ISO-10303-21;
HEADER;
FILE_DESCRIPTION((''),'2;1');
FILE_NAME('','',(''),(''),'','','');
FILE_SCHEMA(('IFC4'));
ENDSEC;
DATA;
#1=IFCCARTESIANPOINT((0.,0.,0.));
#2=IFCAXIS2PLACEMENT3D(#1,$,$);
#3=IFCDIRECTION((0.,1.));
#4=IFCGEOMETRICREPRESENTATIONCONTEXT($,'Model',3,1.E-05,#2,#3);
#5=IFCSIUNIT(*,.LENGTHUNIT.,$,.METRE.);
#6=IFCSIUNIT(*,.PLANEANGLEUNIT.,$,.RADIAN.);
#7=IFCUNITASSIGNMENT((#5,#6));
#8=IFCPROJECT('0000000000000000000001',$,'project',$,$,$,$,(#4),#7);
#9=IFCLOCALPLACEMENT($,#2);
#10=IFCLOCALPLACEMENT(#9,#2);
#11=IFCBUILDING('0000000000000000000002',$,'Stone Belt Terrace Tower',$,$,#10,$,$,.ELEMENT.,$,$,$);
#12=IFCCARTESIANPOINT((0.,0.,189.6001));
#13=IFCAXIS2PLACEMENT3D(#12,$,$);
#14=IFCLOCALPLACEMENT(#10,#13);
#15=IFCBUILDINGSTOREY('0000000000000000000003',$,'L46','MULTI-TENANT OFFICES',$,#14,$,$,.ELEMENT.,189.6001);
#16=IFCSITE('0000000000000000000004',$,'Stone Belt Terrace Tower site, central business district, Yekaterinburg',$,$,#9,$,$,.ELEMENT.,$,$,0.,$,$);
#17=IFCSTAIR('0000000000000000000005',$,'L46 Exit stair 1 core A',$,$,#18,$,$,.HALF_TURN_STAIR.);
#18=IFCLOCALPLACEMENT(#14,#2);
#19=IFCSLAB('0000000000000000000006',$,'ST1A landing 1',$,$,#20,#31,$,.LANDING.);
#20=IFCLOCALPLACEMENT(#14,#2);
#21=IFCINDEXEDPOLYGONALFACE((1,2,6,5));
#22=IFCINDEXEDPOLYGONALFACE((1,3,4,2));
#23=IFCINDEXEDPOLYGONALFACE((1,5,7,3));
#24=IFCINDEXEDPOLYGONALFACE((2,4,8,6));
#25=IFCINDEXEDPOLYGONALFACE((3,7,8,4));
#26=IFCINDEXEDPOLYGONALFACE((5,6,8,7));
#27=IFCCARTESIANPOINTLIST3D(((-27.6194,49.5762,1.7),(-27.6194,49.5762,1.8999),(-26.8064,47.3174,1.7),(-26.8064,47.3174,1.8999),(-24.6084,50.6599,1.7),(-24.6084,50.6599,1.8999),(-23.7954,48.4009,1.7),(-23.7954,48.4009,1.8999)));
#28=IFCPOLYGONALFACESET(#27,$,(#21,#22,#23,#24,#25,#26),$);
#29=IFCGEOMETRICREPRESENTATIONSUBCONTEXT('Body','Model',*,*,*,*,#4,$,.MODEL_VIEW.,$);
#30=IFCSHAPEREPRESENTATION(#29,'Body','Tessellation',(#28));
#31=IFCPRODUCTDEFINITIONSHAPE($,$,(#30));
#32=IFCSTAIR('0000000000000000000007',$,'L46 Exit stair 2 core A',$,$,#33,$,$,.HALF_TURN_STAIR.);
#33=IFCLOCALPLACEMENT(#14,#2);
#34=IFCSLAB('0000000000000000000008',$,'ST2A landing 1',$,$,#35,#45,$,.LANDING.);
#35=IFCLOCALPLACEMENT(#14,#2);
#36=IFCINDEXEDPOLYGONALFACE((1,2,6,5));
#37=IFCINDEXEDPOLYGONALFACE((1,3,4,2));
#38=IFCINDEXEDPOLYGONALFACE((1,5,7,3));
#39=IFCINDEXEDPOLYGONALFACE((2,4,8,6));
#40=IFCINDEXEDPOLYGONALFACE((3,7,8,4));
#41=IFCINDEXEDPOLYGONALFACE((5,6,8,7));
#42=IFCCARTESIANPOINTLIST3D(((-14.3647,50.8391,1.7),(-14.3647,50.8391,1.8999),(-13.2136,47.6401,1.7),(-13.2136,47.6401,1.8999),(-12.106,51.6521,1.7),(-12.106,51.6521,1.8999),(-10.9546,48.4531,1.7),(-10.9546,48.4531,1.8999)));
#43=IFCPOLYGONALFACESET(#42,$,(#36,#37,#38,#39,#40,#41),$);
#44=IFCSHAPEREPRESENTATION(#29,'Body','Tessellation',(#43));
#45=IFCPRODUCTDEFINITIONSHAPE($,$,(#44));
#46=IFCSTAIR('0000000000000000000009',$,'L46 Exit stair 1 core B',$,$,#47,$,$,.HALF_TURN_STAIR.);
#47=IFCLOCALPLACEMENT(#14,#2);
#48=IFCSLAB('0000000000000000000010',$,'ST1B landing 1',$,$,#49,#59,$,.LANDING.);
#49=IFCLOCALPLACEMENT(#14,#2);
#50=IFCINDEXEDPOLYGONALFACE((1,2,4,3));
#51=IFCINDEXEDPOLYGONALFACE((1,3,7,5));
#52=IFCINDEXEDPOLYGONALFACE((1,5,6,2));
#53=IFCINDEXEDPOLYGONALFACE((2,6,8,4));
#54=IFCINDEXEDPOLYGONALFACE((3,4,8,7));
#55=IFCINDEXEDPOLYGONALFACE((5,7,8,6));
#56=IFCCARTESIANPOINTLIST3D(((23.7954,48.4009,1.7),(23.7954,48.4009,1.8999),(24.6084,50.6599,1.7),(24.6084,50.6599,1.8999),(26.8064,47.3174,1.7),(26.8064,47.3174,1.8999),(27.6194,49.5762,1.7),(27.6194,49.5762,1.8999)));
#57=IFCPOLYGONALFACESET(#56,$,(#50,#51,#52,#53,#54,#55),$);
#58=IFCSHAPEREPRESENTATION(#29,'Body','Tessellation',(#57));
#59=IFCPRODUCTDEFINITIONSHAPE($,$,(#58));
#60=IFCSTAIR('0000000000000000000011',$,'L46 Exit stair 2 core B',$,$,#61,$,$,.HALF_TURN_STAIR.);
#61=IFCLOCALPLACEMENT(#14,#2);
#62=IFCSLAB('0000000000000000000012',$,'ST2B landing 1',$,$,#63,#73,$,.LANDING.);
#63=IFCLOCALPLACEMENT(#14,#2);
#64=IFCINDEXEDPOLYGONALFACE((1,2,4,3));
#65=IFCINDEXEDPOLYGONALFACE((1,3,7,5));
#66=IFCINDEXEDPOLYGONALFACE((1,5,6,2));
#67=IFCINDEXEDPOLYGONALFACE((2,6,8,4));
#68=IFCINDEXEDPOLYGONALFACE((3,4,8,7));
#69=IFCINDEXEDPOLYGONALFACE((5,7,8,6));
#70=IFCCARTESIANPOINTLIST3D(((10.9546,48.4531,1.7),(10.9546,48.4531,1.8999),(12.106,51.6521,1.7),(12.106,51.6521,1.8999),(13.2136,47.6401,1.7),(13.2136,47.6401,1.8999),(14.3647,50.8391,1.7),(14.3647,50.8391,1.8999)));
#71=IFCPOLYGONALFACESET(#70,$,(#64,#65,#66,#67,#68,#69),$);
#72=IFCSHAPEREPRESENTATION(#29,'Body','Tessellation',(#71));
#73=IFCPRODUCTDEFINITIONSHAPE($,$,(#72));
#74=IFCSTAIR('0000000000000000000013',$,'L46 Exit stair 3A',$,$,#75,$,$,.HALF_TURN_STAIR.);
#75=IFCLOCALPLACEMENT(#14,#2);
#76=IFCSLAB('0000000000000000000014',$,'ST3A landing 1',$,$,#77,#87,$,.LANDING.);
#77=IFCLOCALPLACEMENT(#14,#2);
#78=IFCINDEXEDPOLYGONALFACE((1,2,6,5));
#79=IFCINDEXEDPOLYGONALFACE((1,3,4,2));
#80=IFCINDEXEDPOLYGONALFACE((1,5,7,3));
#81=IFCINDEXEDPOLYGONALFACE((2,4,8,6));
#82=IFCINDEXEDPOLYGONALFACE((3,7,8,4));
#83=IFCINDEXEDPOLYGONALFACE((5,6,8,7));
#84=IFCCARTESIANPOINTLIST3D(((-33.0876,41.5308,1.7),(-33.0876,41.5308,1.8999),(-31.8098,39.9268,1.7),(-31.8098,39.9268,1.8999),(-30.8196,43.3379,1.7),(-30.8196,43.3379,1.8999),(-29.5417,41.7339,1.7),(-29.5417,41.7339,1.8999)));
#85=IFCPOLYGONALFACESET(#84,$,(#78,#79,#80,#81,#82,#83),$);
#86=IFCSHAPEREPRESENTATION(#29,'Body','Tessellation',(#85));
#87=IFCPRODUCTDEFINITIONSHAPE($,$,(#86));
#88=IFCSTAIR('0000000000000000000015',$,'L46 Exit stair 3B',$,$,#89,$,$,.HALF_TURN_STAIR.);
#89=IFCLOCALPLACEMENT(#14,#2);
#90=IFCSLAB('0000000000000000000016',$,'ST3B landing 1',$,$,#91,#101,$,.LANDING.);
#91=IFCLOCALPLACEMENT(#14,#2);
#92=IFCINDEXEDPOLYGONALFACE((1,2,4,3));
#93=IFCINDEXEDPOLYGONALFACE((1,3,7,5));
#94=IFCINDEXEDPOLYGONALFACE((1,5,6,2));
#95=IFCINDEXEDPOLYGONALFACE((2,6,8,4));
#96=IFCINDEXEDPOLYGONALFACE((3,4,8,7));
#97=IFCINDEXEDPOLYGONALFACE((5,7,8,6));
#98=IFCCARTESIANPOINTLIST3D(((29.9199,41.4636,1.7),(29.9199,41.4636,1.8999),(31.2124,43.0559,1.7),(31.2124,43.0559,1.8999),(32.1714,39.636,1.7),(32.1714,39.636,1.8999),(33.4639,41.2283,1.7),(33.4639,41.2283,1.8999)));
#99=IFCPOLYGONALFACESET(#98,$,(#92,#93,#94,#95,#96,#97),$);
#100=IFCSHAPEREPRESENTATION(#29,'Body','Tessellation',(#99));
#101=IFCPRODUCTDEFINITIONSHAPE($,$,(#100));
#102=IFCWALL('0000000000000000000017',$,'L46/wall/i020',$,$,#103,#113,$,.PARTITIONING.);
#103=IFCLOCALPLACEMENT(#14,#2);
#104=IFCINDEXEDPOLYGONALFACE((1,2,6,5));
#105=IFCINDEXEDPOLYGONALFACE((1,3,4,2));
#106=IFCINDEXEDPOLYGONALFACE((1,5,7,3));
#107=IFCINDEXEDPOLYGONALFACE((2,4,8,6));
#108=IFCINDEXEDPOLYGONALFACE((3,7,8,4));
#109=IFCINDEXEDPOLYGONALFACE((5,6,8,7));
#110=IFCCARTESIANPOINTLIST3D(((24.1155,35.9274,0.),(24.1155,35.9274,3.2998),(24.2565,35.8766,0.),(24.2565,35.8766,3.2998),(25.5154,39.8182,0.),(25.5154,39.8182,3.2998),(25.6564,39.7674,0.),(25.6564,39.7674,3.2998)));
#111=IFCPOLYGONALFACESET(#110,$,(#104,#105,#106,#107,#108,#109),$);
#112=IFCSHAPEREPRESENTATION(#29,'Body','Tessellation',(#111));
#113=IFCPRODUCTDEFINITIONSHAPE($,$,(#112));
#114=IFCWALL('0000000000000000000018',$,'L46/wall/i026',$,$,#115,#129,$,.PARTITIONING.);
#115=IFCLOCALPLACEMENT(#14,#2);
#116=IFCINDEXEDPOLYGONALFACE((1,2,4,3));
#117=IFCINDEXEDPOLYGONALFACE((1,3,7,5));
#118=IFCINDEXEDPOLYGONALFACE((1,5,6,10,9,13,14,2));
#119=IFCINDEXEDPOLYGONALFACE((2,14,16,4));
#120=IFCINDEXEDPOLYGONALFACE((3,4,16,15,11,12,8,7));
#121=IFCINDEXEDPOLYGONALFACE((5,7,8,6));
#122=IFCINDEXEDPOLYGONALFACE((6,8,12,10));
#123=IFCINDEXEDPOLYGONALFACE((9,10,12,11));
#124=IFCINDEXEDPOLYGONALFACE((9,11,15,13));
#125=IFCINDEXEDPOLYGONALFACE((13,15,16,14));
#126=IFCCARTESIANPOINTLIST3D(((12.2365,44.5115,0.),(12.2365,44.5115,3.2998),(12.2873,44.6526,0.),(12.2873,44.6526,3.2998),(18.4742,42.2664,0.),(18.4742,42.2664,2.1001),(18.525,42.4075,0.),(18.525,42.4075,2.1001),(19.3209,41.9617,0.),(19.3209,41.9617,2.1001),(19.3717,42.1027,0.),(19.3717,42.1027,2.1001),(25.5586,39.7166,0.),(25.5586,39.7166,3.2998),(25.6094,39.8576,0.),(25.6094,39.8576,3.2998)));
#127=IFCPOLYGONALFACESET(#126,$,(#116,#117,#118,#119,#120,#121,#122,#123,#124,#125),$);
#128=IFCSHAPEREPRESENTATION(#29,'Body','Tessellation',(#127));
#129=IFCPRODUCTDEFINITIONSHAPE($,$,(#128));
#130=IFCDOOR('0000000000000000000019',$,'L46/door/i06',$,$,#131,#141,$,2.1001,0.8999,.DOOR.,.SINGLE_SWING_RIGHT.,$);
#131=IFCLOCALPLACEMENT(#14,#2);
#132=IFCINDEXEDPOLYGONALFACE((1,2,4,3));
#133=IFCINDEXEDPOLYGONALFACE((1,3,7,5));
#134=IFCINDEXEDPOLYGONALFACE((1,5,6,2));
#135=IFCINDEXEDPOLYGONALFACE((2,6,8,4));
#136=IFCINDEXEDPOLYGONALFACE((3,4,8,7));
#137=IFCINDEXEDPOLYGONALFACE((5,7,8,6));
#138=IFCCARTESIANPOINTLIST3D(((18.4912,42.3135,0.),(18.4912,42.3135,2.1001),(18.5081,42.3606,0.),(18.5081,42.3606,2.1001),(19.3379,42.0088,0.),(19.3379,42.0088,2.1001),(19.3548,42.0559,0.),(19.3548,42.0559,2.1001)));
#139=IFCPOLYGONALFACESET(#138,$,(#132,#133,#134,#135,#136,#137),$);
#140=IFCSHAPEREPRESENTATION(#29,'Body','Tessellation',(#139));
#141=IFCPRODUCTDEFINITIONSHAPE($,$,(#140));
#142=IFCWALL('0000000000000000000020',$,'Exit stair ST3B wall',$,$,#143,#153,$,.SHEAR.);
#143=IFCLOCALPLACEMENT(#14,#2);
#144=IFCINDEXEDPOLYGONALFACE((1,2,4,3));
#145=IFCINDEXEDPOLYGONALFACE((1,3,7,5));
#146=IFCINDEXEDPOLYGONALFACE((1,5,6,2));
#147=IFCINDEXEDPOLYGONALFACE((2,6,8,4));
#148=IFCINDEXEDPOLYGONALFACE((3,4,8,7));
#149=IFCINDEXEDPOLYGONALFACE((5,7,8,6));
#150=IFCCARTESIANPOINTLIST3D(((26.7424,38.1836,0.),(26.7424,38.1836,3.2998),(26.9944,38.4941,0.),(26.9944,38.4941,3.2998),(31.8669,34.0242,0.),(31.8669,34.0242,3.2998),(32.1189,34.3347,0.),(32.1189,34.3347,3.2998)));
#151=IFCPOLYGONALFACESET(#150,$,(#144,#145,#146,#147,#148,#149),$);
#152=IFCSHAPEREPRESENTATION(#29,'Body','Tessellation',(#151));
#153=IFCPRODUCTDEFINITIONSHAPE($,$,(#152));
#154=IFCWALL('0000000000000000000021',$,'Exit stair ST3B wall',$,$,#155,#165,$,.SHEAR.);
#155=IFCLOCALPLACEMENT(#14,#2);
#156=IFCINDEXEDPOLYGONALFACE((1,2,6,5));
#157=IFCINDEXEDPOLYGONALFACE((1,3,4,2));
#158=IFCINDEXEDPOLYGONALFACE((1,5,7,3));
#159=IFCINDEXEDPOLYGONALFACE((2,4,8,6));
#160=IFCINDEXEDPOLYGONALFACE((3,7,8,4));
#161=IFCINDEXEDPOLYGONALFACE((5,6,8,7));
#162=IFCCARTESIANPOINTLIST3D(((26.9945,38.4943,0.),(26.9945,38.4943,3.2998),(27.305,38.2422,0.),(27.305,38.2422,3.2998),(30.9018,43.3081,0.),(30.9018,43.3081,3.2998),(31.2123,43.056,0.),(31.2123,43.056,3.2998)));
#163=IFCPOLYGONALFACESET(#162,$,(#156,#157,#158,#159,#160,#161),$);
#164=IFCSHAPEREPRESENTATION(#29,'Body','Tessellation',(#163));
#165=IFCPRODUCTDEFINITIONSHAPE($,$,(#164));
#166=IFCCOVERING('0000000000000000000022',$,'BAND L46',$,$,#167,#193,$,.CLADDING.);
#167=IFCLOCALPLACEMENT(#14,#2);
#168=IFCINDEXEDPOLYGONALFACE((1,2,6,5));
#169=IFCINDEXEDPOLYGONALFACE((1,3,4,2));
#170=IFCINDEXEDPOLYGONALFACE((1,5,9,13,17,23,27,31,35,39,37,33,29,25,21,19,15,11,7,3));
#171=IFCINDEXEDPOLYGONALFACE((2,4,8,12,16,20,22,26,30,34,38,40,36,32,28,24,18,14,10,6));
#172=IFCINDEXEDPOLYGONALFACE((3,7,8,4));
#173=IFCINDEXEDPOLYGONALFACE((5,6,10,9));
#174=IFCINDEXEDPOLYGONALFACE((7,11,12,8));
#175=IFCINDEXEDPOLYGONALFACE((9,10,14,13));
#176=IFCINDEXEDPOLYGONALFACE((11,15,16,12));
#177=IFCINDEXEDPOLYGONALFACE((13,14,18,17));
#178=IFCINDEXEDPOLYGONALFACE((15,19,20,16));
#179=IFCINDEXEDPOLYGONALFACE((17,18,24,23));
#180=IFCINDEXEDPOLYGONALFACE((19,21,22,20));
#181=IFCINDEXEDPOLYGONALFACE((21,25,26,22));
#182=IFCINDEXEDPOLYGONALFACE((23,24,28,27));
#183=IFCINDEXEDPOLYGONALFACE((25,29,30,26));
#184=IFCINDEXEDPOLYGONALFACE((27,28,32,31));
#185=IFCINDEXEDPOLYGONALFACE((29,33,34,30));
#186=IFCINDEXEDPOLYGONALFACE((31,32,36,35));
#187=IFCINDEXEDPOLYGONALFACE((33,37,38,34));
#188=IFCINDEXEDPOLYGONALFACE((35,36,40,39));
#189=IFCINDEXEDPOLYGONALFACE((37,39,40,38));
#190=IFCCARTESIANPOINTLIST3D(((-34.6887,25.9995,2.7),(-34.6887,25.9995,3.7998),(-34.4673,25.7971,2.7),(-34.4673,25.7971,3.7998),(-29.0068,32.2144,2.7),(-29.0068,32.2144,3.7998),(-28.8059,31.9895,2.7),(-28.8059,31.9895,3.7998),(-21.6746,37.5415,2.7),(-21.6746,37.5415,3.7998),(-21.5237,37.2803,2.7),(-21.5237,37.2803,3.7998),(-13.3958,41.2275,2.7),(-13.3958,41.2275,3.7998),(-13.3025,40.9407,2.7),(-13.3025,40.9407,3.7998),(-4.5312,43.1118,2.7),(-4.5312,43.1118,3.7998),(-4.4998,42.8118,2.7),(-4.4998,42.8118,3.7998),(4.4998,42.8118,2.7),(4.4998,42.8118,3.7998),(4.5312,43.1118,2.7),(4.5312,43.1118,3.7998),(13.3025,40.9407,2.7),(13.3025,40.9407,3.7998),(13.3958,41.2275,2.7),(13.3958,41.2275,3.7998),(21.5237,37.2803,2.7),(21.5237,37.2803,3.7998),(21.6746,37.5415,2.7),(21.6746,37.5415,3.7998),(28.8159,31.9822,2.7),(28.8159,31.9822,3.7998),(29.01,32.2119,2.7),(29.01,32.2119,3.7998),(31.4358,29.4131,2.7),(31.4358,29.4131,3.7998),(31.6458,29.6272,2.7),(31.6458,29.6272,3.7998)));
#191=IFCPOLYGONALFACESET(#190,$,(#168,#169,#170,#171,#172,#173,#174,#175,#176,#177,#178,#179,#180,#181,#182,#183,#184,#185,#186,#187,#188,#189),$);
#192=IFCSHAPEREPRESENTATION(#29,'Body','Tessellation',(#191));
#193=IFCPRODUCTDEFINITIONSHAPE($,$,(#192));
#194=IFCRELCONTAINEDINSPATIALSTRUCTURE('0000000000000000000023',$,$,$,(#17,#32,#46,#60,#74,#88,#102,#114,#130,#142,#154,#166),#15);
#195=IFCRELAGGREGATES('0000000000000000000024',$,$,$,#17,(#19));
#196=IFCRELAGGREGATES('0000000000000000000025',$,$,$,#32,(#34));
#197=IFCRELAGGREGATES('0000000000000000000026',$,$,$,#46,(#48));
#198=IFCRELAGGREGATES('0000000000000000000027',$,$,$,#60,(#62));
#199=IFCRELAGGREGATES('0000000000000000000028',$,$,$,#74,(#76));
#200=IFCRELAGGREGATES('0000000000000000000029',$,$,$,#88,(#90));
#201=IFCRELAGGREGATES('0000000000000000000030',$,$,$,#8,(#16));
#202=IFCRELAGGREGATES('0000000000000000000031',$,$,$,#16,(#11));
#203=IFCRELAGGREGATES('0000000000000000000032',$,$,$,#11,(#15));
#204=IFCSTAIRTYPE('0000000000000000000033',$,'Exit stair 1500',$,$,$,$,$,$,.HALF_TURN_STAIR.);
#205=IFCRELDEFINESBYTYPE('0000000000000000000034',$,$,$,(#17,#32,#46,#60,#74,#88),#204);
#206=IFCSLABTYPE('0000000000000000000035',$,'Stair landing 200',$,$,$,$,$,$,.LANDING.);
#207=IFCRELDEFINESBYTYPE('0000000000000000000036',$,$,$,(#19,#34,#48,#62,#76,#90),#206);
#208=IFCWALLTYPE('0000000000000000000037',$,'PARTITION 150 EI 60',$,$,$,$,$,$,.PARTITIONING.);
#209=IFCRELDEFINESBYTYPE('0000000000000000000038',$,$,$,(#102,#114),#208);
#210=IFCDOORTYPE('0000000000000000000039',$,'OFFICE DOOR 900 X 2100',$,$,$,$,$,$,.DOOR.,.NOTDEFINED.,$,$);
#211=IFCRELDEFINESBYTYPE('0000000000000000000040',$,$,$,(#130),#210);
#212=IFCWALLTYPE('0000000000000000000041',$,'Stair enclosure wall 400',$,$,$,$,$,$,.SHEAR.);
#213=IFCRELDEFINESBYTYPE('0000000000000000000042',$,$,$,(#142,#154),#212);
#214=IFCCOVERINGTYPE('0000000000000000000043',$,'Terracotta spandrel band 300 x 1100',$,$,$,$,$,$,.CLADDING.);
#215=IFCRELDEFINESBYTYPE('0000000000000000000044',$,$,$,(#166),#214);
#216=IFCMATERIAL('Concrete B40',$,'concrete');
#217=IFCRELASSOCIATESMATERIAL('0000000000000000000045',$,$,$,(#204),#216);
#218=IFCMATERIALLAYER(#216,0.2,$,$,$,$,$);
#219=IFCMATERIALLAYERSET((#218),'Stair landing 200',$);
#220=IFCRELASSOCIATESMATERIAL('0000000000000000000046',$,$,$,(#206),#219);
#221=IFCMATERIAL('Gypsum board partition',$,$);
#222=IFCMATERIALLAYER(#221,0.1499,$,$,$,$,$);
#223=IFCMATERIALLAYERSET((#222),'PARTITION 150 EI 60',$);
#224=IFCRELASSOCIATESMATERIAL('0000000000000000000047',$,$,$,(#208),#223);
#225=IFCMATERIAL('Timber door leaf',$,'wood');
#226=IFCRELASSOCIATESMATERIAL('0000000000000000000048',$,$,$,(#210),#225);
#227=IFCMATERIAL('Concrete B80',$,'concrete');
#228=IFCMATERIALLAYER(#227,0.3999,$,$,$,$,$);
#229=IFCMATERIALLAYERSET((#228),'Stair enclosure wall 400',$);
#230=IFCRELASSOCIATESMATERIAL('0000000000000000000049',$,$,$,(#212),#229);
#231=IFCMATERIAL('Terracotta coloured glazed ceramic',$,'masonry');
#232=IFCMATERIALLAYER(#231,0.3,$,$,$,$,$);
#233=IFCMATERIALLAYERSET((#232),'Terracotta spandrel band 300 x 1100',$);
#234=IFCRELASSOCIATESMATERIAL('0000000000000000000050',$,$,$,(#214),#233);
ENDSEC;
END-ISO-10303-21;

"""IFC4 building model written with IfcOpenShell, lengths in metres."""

from ifc_helpers import new_model, si_unit, direction, frame, frame_2d, origin, place, context, subcontext, project, spatial, polyline, rectangle, outline, extrude, material, layer, layer_set, type_object, element, fill, aggregate, save


model = new_model("IFC4")

# Units and contexts
model_context = context("Model", 3, precision=1e-05, world=origin(), true_north=direction((0.0, 1.0)))
body_context = subcontext(model_context, "Body", "Model", "MODEL_VIEW")
ifc_project = project(units=[si_unit("LENGTHUNIT", "METRE"), si_unit("PLANEANGLEUNIT", "RADIAN")], contexts=[model_context])

# Site, building, storey
site_placement = place(None, origin())
site = spatial("IfcSite", under=ifc_project, at=site_placement, Name="Stone Belt Terrace Tower site, central business district, Yekaterinburg", CompositionType="ELEMENT", RefElevation=0.0)
building_placement = place(site_placement, origin())
building = spatial("IfcBuilding", under=site, at=building_placement, Name="Stone Belt Terrace Tower", CompositionType="ELEMENT")
storey_placement = place(building_placement, frame((0.0, 0.0, 189.6001)))
storey = spatial("IfcBuildingStorey", under=building, at=storey_placement, Name="L46", Description="MULTI-TENANT OFFICES", CompositionType="ELEMENT", Elevation=189.6001)

# Shared definitions
ifc_material_1 = material(Name="Concrete B80", Category="concrete")

# Shared definitions
ifc_material_2 = material(Name="Concrete B40", Category="concrete")

# Stairs, slabs
stair_type = type_object("IfcStairType", Name="Exit stair 1500", PredefinedType="HALF_TURN_STAIR", material=ifc_material_2)
stair_1_placement = place(storey_placement, origin())
stair_1 = element("IfcStair", 1, at=stair_1_placement, inside=storey, type_object=stair_type, Name="L46 Exit stair 1 core A", PredefinedType="HALF_TURN_STAIR")
ifc_layer_1 = layer(ifc_material_2, 0.2)
ifc_layer_set_1 = layer_set([ifc_layer_1], Name="Stair landing 200")
slab_type_1 = type_object("IfcSlabType", Name="Stair landing 200", PredefinedType="LANDING", material=ifc_layer_set_1)
slab_1_placement = place(storey_placement, frame((0.0, 0.0, 1.7)))
slab_1 = element("IfcSlab", 2, at=slab_1_placement, type_object=slab_type_1, Name="ST1A landing 1", PredefinedType="LANDING", context=body_context, shape_type="SweptSolid", body=[
    extrude(outline(polyline([(-23.7954, 48.4009), (-24.6084, 50.6599), (-27.6194, 49.5762), (-26.8064, 47.3174), (-23.7954, 48.4009)])), origin(), (0.0, 0.0, 1.0), 0.2),
])
aggregate(stair_1, [slab_1])
stair_2_placement = place(storey_placement, origin())
stair_2 = element("IfcStair", 3, at=stair_2_placement, inside=storey, type_object=stair_type, Name="L46 Exit stair 2 core A", PredefinedType="HALF_TURN_STAIR")
slab_2_placement = place(storey_placement, frame((0.0, 0.0, 1.7)))
slab_2 = element("IfcSlab", 4, at=slab_2_placement, type_object=slab_type_1, Name="ST2A landing 1", PredefinedType="LANDING", context=body_context, shape_type="SweptSolid", body=[
    extrude(outline(polyline([(-13.2136, 47.6401), (-10.9546, 48.4531), (-12.106, 51.6521), (-14.3647, 50.8391), (-13.2136, 47.6401)])), origin(), (0.0, 0.0, 1.0), 0.2),
])
aggregate(stair_2, [slab_2])
stair_3_placement = place(storey_placement, origin())
stair_3 = element("IfcStair", 5, at=stair_3_placement, inside=storey, type_object=stair_type, Name="L46 Exit stair 1 core B", PredefinedType="HALF_TURN_STAIR")
slab_3_placement = place(storey_placement, frame((0.0, 0.0, 1.7)))
slab_3 = element("IfcSlab", 6, at=slab_3_placement, type_object=slab_type_1, Name="ST1B landing 1", PredefinedType="LANDING", context=body_context, shape_type="SweptSolid", body=[
    extrude(outline(polyline([(26.8064, 47.3174), (27.6194, 49.5762), (24.6084, 50.6599), (23.7954, 48.4009), (26.8064, 47.3174)])), origin(), (0.0, 0.0, 1.0), 0.2),
])
aggregate(stair_3, [slab_3])
stair_4_placement = place(storey_placement, origin())
stair_4 = element("IfcStair", 7, at=stair_4_placement, inside=storey, type_object=stair_type, Name="L46 Exit stair 2 core B", PredefinedType="HALF_TURN_STAIR")
slab_4_placement = place(storey_placement, frame((0.0, 0.0, 1.7)))
slab_4 = element("IfcSlab", 8, at=slab_4_placement, type_object=slab_type_1, Name="ST2B landing 1", PredefinedType="LANDING", context=body_context, shape_type="SweptSolid", body=[
    extrude(outline(polyline([(14.3647, 50.8391), (12.106, 51.6521), (10.9546, 48.4531), (13.2136, 47.6401), (14.3647, 50.8391)])), origin(), (0.0, 0.0, 1.0), 0.2),
])
aggregate(stair_4, [slab_4])
stair_5_placement = place(storey_placement, origin())
stair_5 = element("IfcStair", 9, at=stair_5_placement, inside=storey, type_object=stair_type, Name="L46 Exit stair 3A", PredefinedType="HALF_TURN_STAIR")
slab_5_placement = place(storey_placement, frame((0.0, 0.0, 1.7)))
slab_5 = element("IfcSlab", 10, at=slab_5_placement, type_object=slab_type_1, Name="ST3A landing 1", PredefinedType="LANDING", context=body_context, shape_type="SweptSolid", body=[
    extrude(outline(polyline([(-29.5417, 41.7339), (-30.8196, 43.3379), (-33.0876, 41.5308), (-31.8098, 39.9268), (-29.5417, 41.7339)])), origin(), (0.0, 0.0, 1.0), 0.2),
])
aggregate(stair_5, [slab_5])
stair_6_placement = place(storey_placement, origin())
stair_6 = element("IfcStair", 11, at=stair_6_placement, inside=storey, type_object=stair_type, Name="L46 Exit stair 3B", PredefinedType="HALF_TURN_STAIR")
slab_6_placement = place(storey_placement, frame((0.0, 0.0, 1.7)))
slab_6 = element("IfcSlab", 12, at=slab_6_placement, type_object=slab_type_1, Name="ST3B landing 1", PredefinedType="LANDING", context=body_context, shape_type="SweptSolid", body=[
    extrude(outline(polyline([(32.1714, 39.636), (33.4639, 41.2283), (31.2124, 43.0559), (29.9199, 41.4636), (32.1714, 39.636)])), origin(), (0.0, 0.0, 1.0), 0.2),
])
aggregate(stair_6, [slab_6])

# Wall
ifc_material_3 = material(Name="Gypsum board partition")
ifc_layer_2 = layer(ifc_material_3, 0.1499)
ifc_layer_set_2 = layer_set([ifc_layer_2], Name="PARTITION 150 EI 60")
wall_type_1 = type_object("IfcWallType", Name="PARTITION 150 EI 60", PredefinedType="PARTITIONING", material=ifc_layer_set_2)
wall_1_placement = place(storey_placement, frame((24.186, 35.9021, 0.0), z_axis=(0.0, 0.0, 1.0), x_axis=(0.338546, 0.94095, 0.0)))
element("IfcWall", 13, at=wall_1_placement, inside=storey, type_object=wall_type_1, Name="L46/wall/i020", PredefinedType="PARTITIONING", context=body_context, shape_type="SweptSolid", body=[
    extrude(rectangle(XDim=4.135, YDim=0.1499, at=frame_2d((2.0674, 0.0))), origin(), (0.0, 0.0, 1.0), 3.2998),
])

# Wall, opening, door
wall_2_placement = place(storey_placement, frame((25.584, 39.7871, 0.0), z_axis=(0.0, 0.0, 1.0), x_axis=(-0.94091, 0.338657, 0.0)))
wall_2 = element("IfcWall", 14, at=wall_2_placement, inside=storey, type_object=wall_type_1, Name="L46/wall/i026", PredefinedType="PARTITIONING", context=body_context, shape_type="SweptSolid", body=[
    extrude(rectangle(XDim=14.1587, YDim=0.1499, at=frame_2d((7.0793, 0.0))), origin(), (0.0, 0.0, 1.0), 3.2998),
])
opening_placement = place(wall_2_placement, frame((6.6294, 0.0, 0.0)))
opening = element("IfcOpeningElement", 15, at=opening_placement, cuts=wall_2, PredefinedType="OPENING", context=body_context, shape_type="SweptSolid", body=[
    extrude(rectangle(XDim=0.8999, YDim=2.1001, at=frame_2d((0.45, 1.05))), frame((0.0, 0.085, 0.0), z_axis=(0.0, -1.0, 0.0), x_axis=(1.0, 0.0, 0.0)), (0.0, 0.0, 1.0), 0.1699),
])
ifc_material_4 = material(Name="Timber door leaf", Category="wood")
door_type = type_object("IfcDoorType", Name="OFFICE DOOR 900 X 2100", OperationType="NOTDEFINED", PredefinedType="DOOR", material=ifc_material_4)
door_placement = place(opening_placement, origin())
door = element("IfcDoor", 16, at=door_placement, inside=storey, type_object=door_type, Name="L46/door/i06", OperationType="SINGLE_SWING_RIGHT", OverallHeight=2.1001, OverallWidth=0.8999, PredefinedType="DOOR", context=body_context, shape_type="SweptSolid", body=[
    extrude(rectangle(XDim=0.8999, YDim=2.1001, at=frame_2d((0.45, 1.05))), frame((0.0, 0.0249, 0.0), z_axis=(0.0, -1.0, 0.0), x_axis=(1.0, 0.0, 0.0)), (0.0, 0.0, 1.0), 0.05),
])
fill(opening, door)

# Walls
ifc_layer_3 = layer(ifc_material_1, 0.3999)
ifc_layer_set_3 = layer_set([ifc_layer_3], Name="Stair enclosure wall 400")
wall_type_2 = type_object("IfcWallType", Name="Stair enclosure wall 400", PredefinedType="SHEAR", material=ifc_layer_set_3)
wall_3_placement = place(storey_placement, frame((26.8684, 38.3389, 0.0), z_axis=(0.0, 0.0, 1.0), x_axis=(0.776428, -0.630205, 0.0)))
element("IfcWall", 17, at=wall_3_placement, inside=storey, type_object=wall_type_2, Name="Exit stair ST3B wall", PredefinedType="SHEAR", context=body_context, shape_type="SweptSolid", body=[
    extrude(rectangle(XDim=6.6001, YDim=0.3999, at=frame_2d((3.3, 0.0))), origin(), (0.0, 0.0, 1.0), 3.2998),
])
wall_4_placement = place(storey_placement, frame((27.1497, 38.3682, 0.0), z_axis=(0.0, 0.0, 1.0), x_axis=(0.630212, 0.776423, 0.0)))
element("IfcWall", 18, at=wall_4_placement, inside=storey, type_object=wall_type_2, Name="Exit stair ST3B wall", PredefinedType="SHEAR", context=body_context, shape_type="SweptSolid", body=[
    extrude(rectangle(XDim=6.2, YDim=0.3999, at=frame_2d((3.1001, 0.0))), origin(), (0.0, 0.0, 1.0), 3.2998),
])

# Covering
ifc_material_5 = material(Name="Terracotta coloured glazed ceramic", Category="masonry")
ifc_layer_4 = layer(ifc_material_5, 0.3)
ifc_layer_set_4 = layer_set([ifc_layer_4], Name="Terracotta spandrel band 300 x 1100")
covering_type = type_object("IfcCoveringType", Name="Terracotta spandrel band 300 x 1100", PredefinedType="CLADDING", material=ifc_layer_set_4)
covering_placement = place(storey_placement, frame((0.0, 0.0, 2.7)))
element("IfcCovering", 19, at=covering_placement, inside=storey, type_object=covering_type, Name="BAND L46", PredefinedType="CLADDING", context=body_context, shape_type="SweptSolid", body=[
    extrude(outline(polyline([(-34.6887, 25.9995), (-29.0068, 32.2144), (-21.6746, 37.5415), (-13.3958, 41.2275), (-4.5312, 43.1118), (4.5312, 43.1118), (13.3958, 41.2275), (21.6746, 37.5415), (29.01, 32.2119), (31.6458, 29.6272), (31.4358, 29.4131), (28.8159, 31.9822), (21.5237, 37.2803), (13.3025, 40.9407), (4.4998, 42.8118), (-4.4998, 42.8118), (-13.3025, 40.9407), (-21.5237, 37.2803), (-28.8059, 31.9895), (-34.4673, 25.7971), (-34.6887, 25.9995)])), origin(), (0.0, 0.0, 1.0), 1.0999),
])

save(model, "model.ifc")
